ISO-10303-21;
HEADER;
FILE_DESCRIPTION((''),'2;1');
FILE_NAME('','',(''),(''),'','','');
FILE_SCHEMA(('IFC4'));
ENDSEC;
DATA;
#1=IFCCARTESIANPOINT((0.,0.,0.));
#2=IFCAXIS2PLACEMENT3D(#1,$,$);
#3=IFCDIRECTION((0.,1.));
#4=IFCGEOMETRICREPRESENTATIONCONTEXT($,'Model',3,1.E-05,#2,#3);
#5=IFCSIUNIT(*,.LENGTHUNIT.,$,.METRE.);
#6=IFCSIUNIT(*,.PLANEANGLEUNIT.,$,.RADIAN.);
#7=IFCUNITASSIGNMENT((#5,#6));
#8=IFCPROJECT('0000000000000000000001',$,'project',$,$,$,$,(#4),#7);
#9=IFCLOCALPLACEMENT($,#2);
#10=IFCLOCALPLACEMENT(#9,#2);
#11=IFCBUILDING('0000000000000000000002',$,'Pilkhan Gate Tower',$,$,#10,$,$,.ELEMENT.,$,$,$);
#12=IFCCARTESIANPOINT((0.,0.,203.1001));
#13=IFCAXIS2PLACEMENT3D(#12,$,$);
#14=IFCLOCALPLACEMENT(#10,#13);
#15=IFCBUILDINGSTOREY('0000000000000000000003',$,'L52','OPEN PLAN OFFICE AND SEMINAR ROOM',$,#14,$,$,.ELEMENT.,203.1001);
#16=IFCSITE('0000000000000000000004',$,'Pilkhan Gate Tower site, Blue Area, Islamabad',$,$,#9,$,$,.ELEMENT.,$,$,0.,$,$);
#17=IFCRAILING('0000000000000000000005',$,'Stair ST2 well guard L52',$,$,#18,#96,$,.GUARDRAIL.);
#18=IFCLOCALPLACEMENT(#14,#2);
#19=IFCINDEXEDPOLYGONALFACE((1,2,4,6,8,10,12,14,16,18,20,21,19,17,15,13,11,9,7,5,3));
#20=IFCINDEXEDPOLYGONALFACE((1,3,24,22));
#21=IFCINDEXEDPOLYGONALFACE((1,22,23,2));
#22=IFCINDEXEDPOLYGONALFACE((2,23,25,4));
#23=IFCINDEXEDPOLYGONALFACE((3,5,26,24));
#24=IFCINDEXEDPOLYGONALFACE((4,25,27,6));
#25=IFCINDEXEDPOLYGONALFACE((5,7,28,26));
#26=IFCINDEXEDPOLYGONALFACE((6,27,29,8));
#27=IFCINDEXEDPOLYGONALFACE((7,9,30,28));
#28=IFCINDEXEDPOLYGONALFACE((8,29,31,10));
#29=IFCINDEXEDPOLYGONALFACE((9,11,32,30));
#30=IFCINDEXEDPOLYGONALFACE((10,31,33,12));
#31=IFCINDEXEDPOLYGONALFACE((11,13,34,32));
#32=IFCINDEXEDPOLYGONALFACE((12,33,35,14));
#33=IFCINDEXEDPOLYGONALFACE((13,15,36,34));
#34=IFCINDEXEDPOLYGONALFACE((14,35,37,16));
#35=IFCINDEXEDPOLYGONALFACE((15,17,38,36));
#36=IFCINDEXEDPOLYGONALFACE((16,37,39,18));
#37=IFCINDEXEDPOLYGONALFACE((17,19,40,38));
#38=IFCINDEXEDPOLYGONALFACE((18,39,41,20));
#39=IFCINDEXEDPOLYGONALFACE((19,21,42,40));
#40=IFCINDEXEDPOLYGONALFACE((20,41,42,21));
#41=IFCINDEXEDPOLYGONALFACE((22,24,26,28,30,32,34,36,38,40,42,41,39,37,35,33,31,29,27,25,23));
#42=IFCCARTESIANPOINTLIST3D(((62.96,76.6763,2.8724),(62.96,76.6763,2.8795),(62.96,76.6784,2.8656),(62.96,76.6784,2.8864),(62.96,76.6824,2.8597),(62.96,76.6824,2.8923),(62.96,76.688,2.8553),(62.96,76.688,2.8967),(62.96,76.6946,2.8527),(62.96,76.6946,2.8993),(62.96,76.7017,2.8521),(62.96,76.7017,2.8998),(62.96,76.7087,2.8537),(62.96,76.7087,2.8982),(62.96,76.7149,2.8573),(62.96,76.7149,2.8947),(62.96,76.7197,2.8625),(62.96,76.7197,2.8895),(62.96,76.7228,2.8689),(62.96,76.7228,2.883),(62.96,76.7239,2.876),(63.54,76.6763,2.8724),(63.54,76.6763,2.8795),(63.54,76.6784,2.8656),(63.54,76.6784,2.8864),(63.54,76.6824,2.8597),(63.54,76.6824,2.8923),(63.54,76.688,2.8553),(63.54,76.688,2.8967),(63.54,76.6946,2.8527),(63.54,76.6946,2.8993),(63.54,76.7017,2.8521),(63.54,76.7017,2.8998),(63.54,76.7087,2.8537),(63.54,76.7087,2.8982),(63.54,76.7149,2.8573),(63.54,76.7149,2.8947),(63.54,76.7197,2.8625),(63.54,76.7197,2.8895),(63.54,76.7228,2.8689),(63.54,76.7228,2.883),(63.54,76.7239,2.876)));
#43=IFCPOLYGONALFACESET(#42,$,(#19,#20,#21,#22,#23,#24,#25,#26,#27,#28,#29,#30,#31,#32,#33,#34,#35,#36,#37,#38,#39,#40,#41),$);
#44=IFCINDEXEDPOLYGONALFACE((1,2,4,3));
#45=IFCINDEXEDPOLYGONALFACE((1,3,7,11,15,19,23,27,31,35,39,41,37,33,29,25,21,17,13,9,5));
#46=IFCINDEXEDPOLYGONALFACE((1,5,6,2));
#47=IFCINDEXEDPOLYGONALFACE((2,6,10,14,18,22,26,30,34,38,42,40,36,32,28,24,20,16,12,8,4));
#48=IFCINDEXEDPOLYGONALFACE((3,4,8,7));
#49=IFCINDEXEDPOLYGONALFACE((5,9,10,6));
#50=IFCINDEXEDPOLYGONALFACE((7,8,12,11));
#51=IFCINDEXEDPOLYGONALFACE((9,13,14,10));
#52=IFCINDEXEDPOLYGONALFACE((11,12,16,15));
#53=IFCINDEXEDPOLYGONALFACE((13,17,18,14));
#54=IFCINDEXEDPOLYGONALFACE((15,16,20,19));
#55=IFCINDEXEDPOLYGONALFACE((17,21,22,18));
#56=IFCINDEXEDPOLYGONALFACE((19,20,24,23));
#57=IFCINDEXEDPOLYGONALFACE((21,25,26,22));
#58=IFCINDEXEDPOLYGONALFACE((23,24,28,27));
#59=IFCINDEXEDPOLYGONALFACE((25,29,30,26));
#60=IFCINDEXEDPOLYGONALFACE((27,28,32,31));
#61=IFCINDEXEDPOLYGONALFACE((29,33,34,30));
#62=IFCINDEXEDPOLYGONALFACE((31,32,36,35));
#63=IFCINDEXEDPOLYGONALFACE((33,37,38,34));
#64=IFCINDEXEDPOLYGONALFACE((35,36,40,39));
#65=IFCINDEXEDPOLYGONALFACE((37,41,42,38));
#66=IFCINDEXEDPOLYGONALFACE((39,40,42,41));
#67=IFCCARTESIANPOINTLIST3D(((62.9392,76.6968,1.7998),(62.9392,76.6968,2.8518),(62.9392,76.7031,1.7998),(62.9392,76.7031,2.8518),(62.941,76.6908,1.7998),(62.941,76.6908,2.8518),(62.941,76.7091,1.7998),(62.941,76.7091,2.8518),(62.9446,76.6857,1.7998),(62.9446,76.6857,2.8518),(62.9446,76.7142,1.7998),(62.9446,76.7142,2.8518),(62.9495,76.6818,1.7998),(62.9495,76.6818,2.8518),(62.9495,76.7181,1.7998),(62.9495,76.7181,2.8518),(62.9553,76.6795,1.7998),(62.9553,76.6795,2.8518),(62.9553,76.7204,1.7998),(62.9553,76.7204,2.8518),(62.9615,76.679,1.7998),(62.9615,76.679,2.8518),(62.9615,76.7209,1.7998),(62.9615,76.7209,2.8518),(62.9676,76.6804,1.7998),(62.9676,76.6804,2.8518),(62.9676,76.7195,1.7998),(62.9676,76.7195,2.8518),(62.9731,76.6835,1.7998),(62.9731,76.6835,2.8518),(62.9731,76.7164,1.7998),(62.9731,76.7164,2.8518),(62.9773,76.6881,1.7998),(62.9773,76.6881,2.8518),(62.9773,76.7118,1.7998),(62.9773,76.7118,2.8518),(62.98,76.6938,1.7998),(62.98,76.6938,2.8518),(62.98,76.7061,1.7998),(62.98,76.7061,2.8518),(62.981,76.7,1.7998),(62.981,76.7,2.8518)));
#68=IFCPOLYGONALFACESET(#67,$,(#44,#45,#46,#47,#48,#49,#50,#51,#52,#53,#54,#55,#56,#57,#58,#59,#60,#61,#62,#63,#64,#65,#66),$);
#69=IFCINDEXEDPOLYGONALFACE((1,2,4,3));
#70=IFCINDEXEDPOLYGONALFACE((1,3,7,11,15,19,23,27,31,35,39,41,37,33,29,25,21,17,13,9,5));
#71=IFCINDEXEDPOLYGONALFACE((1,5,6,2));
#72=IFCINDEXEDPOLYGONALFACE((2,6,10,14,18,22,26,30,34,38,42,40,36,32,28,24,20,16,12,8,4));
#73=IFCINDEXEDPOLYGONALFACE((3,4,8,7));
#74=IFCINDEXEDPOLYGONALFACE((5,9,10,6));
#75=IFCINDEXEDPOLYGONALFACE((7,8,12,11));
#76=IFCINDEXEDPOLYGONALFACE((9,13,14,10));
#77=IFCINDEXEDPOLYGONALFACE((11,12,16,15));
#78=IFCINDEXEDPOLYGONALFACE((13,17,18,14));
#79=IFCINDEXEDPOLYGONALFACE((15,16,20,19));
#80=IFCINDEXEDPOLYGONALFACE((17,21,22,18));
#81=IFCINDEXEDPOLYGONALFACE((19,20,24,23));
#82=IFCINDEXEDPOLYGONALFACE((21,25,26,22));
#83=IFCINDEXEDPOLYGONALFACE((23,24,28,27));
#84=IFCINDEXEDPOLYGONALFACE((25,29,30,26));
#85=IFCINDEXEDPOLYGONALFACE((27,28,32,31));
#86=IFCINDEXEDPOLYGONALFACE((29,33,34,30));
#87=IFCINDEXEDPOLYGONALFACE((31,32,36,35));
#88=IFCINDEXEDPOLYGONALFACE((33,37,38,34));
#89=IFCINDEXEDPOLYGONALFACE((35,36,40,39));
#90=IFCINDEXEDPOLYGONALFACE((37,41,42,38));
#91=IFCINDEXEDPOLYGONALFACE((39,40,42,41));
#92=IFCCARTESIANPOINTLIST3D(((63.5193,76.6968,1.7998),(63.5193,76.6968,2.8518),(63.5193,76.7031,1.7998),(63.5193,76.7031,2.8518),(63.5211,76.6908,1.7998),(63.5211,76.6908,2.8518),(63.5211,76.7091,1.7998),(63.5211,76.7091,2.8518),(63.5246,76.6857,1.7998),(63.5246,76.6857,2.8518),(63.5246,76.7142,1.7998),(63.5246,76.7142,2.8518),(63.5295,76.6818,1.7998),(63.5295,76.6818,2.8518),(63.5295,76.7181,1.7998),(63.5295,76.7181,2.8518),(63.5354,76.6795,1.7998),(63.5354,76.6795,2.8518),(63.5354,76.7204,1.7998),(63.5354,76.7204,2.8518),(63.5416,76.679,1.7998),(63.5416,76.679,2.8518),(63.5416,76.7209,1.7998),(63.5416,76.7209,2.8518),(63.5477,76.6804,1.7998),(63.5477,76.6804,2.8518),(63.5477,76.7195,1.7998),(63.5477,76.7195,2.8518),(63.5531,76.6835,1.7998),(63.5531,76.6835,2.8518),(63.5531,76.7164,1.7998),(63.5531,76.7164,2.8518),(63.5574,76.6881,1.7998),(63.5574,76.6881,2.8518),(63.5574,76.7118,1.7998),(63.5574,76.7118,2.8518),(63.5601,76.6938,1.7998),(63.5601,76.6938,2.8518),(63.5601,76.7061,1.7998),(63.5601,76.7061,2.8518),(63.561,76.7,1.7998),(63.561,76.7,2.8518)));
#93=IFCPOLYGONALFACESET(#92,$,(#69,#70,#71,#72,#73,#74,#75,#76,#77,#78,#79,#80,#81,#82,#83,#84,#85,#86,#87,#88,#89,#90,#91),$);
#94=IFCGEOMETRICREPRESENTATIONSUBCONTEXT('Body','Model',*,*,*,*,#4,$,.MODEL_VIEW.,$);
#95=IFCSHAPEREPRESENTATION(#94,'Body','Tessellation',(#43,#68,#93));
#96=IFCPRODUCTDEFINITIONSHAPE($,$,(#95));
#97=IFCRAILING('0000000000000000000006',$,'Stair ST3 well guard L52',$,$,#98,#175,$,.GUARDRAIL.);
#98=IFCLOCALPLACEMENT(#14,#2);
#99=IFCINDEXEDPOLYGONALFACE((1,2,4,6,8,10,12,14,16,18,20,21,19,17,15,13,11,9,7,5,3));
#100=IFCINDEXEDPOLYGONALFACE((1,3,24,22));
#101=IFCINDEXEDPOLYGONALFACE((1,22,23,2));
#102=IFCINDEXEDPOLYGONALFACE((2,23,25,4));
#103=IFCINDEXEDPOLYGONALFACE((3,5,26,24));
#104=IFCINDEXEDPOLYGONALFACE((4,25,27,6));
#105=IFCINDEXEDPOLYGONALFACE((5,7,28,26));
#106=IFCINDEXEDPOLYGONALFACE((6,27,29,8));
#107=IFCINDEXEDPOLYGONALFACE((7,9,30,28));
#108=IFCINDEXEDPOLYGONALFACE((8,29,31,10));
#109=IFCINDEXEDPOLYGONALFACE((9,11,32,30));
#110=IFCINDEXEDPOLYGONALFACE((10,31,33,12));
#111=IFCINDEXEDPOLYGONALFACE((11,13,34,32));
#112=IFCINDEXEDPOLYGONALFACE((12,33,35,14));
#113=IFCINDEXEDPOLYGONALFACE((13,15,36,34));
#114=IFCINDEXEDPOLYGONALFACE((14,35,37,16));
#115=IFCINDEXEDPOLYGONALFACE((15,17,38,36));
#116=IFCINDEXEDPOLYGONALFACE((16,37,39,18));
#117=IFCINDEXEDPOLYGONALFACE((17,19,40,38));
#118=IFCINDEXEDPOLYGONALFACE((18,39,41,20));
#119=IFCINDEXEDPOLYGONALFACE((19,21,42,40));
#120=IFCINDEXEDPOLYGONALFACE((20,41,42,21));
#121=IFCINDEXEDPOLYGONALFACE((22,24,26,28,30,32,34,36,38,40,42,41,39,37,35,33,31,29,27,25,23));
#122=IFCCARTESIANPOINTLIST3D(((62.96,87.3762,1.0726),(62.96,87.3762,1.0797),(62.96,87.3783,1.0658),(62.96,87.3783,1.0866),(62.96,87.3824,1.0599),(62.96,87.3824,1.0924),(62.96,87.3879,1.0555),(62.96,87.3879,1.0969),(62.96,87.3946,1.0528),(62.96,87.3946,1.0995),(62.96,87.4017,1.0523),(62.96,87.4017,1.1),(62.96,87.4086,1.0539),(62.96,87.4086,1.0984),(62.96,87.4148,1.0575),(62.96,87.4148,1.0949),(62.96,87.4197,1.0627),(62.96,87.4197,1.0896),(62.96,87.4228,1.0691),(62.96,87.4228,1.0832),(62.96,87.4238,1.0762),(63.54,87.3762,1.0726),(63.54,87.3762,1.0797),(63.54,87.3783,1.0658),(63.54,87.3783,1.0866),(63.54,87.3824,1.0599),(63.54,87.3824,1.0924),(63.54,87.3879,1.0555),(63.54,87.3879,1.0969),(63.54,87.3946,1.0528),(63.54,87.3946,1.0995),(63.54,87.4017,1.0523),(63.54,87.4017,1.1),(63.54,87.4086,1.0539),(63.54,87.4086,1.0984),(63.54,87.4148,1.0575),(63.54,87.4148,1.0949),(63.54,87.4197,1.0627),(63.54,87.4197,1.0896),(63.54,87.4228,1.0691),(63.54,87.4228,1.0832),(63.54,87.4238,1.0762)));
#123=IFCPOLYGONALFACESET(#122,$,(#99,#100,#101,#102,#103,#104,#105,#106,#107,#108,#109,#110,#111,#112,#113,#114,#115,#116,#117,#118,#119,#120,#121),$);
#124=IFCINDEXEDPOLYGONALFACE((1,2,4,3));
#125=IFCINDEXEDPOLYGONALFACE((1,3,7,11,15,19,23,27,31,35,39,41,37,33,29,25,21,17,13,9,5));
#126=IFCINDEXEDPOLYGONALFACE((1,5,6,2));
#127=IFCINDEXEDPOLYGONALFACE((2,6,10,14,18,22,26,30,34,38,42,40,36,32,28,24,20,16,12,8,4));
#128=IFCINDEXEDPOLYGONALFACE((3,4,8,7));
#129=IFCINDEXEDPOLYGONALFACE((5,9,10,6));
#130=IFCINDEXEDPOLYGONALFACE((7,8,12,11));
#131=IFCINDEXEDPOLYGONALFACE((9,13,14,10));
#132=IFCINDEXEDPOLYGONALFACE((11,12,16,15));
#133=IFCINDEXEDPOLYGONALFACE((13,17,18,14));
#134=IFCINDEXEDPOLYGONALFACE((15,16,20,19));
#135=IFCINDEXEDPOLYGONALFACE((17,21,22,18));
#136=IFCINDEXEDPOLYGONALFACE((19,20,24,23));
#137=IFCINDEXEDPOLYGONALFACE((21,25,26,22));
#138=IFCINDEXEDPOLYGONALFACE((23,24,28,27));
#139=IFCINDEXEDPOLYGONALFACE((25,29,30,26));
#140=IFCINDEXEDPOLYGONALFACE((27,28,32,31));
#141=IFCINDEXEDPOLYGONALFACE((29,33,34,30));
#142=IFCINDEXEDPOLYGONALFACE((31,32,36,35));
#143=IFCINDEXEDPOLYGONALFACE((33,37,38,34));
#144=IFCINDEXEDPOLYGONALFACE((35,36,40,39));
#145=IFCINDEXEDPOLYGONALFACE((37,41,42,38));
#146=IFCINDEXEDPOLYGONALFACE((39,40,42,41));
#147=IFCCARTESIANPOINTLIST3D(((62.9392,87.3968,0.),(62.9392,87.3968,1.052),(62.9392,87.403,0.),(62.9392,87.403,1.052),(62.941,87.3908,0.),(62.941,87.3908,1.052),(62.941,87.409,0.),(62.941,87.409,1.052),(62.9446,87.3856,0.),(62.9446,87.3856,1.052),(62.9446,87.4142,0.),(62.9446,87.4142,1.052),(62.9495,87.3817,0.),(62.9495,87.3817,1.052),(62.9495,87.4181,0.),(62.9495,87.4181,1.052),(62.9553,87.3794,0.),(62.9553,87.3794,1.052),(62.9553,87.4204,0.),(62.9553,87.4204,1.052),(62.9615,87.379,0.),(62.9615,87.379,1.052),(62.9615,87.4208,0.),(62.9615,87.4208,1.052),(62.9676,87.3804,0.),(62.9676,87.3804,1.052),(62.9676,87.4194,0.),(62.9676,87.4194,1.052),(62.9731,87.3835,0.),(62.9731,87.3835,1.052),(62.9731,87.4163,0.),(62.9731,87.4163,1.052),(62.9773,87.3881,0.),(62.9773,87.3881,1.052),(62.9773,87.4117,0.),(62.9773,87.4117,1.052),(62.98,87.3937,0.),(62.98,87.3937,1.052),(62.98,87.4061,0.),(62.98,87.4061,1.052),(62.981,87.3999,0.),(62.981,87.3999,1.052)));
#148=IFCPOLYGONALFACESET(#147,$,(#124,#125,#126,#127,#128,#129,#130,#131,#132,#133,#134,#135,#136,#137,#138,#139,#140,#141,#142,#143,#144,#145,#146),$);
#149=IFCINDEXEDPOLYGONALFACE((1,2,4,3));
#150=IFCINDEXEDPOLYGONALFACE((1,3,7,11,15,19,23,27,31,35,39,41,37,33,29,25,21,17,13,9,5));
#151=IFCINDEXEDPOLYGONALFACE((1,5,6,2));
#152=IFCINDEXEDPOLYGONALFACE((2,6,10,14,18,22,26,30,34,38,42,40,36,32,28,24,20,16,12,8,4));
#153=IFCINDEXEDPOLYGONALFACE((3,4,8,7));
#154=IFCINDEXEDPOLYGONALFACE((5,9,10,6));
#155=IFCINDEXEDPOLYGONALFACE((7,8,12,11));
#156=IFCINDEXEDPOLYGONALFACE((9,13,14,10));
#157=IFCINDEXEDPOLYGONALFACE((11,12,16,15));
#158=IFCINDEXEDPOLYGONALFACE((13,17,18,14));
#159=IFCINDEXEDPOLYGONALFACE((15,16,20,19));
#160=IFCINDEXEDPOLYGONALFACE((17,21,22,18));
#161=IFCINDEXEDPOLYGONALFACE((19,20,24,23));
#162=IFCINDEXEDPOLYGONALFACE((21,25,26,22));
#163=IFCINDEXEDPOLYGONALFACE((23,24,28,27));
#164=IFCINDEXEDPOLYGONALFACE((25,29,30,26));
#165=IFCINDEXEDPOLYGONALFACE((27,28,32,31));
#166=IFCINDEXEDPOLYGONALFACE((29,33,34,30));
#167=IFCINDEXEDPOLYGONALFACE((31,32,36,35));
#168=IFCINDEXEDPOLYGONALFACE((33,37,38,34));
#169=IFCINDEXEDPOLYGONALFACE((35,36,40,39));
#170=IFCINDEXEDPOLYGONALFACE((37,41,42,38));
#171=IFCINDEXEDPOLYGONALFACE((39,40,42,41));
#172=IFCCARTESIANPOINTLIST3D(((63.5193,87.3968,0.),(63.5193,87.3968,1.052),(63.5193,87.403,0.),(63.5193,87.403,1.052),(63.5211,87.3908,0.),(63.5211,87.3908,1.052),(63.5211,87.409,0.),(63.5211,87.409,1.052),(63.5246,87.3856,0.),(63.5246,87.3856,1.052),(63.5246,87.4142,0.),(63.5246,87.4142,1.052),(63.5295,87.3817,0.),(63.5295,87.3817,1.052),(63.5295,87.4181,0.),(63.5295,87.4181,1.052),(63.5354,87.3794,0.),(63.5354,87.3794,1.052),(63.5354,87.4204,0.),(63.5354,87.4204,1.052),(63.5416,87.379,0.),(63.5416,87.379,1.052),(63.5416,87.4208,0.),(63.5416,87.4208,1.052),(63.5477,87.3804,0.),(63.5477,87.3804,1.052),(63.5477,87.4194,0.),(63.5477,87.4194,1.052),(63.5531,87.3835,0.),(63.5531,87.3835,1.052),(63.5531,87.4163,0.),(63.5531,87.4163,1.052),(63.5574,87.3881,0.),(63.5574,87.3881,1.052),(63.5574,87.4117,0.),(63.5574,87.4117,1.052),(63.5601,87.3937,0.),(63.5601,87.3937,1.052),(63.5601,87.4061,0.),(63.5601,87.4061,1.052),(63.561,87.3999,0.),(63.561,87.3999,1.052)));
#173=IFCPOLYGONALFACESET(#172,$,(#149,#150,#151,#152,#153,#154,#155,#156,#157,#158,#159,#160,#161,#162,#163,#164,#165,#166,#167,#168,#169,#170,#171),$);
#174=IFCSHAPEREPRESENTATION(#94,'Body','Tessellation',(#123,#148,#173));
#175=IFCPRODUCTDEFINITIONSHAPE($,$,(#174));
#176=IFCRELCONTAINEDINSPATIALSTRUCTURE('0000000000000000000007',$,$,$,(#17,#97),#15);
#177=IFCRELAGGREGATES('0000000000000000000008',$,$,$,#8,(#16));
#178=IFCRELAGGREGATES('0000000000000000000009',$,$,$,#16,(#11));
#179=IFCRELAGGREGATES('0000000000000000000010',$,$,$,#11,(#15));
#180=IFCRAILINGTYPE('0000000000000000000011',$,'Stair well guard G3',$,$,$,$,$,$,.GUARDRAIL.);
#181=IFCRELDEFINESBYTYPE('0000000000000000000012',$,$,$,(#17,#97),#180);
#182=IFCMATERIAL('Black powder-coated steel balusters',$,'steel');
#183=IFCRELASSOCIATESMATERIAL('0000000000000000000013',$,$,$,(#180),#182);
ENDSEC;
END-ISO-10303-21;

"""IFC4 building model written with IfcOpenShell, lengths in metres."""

from ifc_helpers import new_model, si_unit, direction, frame, origin, origin_2d, place, context, subcontext, project, spatial, circle, extrude, material, type_object, element, save


model = new_model("IFC4")

# Units and contexts
model_context = context("Model", 3, precision=1e-05, world=origin(), true_north=direction((0.0, 1.0)))
body_context = subcontext(model_context, "Body", "Model", "MODEL_VIEW")
ifc_project = project(units=[si_unit("LENGTHUNIT", "METRE"), si_unit("PLANEANGLEUNIT", "RADIAN")], contexts=[model_context])

# Site, building, storey
site_placement = place(None, origin())
site = spatial("IfcSite", under=ifc_project, at=site_placement, Name="Pilkhan Gate Tower site, Blue Area, Islamabad", CompositionType="ELEMENT", RefElevation=0.0)
building_placement = place(site_placement, origin())
building = spatial("IfcBuilding", under=site, at=building_placement, Name="Pilkhan Gate Tower", CompositionType="ELEMENT")
storey_placement = place(building_placement, frame((0.0, 0.0, 203.1001)))
storey = spatial("IfcBuildingStorey", under=building, at=storey_placement, Name="L52", Description="OPEN PLAN OFFICE AND SEMINAR ROOM", CompositionType="ELEMENT", Elevation=203.1001)

# Railings
ifc_material_1 = material(Name="Black powder-coated steel balusters", Category="steel")
railing_type_1 = type_object("IfcRailingType", Name="Stair well guard G3", PredefinedType="GUARDRAIL", material=ifc_material_1)
for number, where, name in (
    (1, (62.96, 76.7, 1.7998), "Stair ST2 well guard L52"),
    (2, (62.96, 87.3999, 0.0), "Stair ST3 well guard L52"),
):
    element("IfcRailing", number, at=place(storey_placement, frame(where)), inside=storey, type_object=railing_type_1, Name=name, PredefinedType="GUARDRAIL", context=body_context, shape_type="SweptSolid", body=[
        extrude(circle(Radius=0.0239, at=origin_2d()), frame((0.0, 0.0, 1.0762), z_axis=(1.0, 0.0, 0.0), x_axis=(0.0, 1.0, 0.0)), (0.0, 0.0, 1.0), 0.5801),
        extrude(circle(Radius=0.021, at=origin_2d()), origin(), (0.0, 0.0, 1.0), 1.052),
        extrude(circle(Radius=0.021, at=origin_2d()), frame((0.5801, 0.0, 0.0)), (0.0, 0.0, 1.0), 1.052),
    ])

save(model, "model.ifc")
